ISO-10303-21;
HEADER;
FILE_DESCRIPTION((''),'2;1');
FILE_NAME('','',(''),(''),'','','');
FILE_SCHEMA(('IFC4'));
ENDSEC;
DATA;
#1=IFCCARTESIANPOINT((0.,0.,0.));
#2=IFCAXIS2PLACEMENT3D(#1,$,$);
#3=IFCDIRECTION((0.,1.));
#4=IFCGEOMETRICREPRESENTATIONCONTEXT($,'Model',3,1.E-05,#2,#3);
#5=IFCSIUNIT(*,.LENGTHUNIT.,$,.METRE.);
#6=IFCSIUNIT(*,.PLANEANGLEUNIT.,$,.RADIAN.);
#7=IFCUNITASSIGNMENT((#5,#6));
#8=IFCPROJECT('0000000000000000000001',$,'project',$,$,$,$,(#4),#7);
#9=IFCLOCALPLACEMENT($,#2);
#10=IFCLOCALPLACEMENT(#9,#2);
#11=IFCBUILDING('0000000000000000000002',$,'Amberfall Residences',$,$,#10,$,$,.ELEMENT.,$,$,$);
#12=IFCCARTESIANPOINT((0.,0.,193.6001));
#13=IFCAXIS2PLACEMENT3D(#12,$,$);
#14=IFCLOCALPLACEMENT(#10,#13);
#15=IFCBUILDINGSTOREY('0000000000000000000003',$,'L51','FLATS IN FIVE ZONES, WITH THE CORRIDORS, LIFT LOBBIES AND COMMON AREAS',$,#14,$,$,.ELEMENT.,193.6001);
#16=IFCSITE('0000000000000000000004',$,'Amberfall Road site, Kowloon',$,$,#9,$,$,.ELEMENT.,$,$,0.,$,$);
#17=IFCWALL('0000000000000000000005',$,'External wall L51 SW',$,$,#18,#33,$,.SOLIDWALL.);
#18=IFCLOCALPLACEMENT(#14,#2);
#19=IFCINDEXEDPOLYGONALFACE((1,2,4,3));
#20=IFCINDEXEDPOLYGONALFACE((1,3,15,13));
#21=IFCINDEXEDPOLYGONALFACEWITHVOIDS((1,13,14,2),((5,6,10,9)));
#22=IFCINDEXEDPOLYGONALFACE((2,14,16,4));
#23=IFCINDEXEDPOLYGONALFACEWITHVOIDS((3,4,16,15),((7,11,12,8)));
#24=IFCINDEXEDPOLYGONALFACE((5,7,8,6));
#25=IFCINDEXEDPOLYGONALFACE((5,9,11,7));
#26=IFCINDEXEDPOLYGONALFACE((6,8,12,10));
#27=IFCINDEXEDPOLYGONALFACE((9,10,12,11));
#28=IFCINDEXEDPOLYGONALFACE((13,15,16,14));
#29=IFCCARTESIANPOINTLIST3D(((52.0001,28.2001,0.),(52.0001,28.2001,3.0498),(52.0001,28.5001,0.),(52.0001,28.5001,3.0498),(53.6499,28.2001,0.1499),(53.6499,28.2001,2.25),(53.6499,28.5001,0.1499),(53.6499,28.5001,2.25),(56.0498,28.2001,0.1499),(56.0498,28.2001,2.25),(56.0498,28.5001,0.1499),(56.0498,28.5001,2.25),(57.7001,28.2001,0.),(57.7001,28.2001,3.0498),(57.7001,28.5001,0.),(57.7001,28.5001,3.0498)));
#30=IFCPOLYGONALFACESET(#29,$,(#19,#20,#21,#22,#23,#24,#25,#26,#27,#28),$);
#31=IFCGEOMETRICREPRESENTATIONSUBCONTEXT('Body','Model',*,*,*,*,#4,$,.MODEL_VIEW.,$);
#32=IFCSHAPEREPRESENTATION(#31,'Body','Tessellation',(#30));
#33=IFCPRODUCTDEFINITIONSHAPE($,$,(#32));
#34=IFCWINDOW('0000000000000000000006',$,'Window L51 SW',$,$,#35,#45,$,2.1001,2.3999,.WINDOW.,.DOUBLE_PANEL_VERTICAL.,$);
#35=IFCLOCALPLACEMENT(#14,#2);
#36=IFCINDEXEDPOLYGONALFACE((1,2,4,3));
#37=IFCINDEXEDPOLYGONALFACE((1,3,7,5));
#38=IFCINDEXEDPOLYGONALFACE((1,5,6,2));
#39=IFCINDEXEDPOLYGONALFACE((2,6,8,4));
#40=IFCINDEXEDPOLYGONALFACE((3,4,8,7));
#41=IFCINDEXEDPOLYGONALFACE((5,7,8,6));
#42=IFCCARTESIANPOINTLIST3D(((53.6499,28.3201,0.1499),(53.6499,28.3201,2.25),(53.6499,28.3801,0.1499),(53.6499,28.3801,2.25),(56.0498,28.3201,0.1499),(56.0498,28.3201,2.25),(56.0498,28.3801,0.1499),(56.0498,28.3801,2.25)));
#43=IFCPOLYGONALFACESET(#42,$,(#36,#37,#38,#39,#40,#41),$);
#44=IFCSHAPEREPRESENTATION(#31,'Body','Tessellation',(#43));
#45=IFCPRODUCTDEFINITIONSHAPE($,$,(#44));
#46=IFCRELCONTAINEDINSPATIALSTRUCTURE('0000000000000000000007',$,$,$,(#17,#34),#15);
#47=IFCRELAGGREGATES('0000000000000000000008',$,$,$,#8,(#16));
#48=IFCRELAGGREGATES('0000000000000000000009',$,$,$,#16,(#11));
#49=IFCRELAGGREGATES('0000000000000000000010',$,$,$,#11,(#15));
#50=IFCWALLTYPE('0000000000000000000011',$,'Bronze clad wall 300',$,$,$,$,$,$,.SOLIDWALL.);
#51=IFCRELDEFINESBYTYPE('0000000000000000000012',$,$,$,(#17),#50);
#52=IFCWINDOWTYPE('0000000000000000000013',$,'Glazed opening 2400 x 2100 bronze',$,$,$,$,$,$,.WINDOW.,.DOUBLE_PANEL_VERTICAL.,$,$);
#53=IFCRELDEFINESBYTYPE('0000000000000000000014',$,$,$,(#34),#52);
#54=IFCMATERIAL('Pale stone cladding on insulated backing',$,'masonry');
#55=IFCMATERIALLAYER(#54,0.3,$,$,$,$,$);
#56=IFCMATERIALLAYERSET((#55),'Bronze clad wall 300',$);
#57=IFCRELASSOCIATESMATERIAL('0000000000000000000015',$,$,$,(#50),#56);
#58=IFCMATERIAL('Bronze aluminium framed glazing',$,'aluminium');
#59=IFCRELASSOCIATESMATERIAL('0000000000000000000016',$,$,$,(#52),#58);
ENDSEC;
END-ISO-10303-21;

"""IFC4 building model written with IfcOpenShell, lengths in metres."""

from ifc_helpers import new_model, si_unit, direction, frame, frame_2d, origin, place, context, subcontext, project, spatial, rectangle, extrude, material, layer, layer_set, type_object, element, fill, save


model = new_model("IFC4")

# Units and contexts
model_context = context("Model", 3, precision=1e-05, world=origin(), true_north=direction((0.0, 1.0)))
body_context = subcontext(model_context, "Body", "Model", "MODEL_VIEW")
ifc_project = project(units=[si_unit("LENGTHUNIT", "METRE"), si_unit("PLANEANGLEUNIT", "RADIAN")], contexts=[model_context])

# Site, building, storey
site_placement = place(None, origin())
site = spatial("IfcSite", under=ifc_project, at=site_placement, Name="Amberfall Road site, Kowloon", CompositionType="ELEMENT", RefElevation=0.0)
building_placement = place(site_placement, origin())
building = spatial("IfcBuilding", under=site, at=building_placement, Name="Amberfall Residences", CompositionType="ELEMENT")
storey_placement = place(building_placement, frame((0.0, 0.0, 193.6001)))
storey = spatial("IfcBuildingStorey", under=building, at=storey_placement, Name="L51", Description="FLATS IN FIVE ZONES, WITH THE CORRIDORS, LIFT LOBBIES AND COMMON AREAS", CompositionType="ELEMENT", Elevation=193.6001)

# Wall, opening, window
ifc_material_1 = material(Name="Pale stone cladding on insulated backing", Category="masonry")
ifc_layer_1 = layer(ifc_material_1, 0.3)
ifc_layer_set_1 = layer_set([ifc_layer_1], Name="Bronze clad wall 300")
wall_type = type_object("IfcWallType", Name="Bronze clad wall 300", PredefinedType="SOLIDWALL", material=ifc_layer_set_1)
wall_placement = place(storey_placement, frame((52.0, 28.3501, 0.0), z_axis=(0.0, 0.0, 1.0), x_axis=(1.0, 0.0, 0.0)))
wall = element("IfcWall", 1, at=wall_placement, inside=storey, type_object=wall_type, Name="External wall L51 SW", PredefinedType="SOLIDWALL", context=body_context, shape_type="SweptSolid", body=[
    extrude(rectangle(XDim=5.7, YDim=0.3, at=frame_2d((2.8501, 0.0))), origin(), (0.0, 0.0, 1.0), 3.0498),
])
opening_placement = place(wall_placement, frame((1.6499, 0.0, 0.1499)))
opening = element("IfcOpeningElement", 2, at=opening_placement, cuts=wall, PredefinedType="OPENING", context=body_context, shape_type="SweptSolid", body=[
    extrude(rectangle(XDim=2.3999, YDim=2.1001, at=frame_2d((1.2, 1.05))), frame((0.0, 0.1599, 0.0), z_axis=(0.0, -1.0, 0.0), x_axis=(1.0, 0.0, 0.0)), (0.0, 0.0, 1.0), 0.3201),
])
ifc_material_2 = material(Name="Bronze aluminium framed glazing", Category="aluminium")
window_type = type_object("IfcWindowType", Name="Glazed opening 2400 x 2100 bronze", PartitioningType="DOUBLE_PANEL_VERTICAL", PredefinedType="WINDOW", material=ifc_material_2)
window_placement = place(opening_placement, origin())
window = element("IfcWindow", 3, at=window_placement, inside=storey, type_object=window_type, Name="Window L51 SW", OverallHeight=2.1001, OverallWidth=2.3999, PartitioningType="DOUBLE_PANEL_VERTICAL", PredefinedType="WINDOW", context=body_context, shape_type="SweptSolid", body=[
    extrude(rectangle(XDim=2.3999, YDim=2.1001, at=frame_2d((1.2, 1.05))), frame((0.0, 0.03, 0.0), z_axis=(0.0, -1.0, 0.0), x_axis=(1.0, 0.0, 0.0)), (0.0, 0.0, 1.0), 0.0601),
])
fill(opening, window)

save(model, "model.ifc")
